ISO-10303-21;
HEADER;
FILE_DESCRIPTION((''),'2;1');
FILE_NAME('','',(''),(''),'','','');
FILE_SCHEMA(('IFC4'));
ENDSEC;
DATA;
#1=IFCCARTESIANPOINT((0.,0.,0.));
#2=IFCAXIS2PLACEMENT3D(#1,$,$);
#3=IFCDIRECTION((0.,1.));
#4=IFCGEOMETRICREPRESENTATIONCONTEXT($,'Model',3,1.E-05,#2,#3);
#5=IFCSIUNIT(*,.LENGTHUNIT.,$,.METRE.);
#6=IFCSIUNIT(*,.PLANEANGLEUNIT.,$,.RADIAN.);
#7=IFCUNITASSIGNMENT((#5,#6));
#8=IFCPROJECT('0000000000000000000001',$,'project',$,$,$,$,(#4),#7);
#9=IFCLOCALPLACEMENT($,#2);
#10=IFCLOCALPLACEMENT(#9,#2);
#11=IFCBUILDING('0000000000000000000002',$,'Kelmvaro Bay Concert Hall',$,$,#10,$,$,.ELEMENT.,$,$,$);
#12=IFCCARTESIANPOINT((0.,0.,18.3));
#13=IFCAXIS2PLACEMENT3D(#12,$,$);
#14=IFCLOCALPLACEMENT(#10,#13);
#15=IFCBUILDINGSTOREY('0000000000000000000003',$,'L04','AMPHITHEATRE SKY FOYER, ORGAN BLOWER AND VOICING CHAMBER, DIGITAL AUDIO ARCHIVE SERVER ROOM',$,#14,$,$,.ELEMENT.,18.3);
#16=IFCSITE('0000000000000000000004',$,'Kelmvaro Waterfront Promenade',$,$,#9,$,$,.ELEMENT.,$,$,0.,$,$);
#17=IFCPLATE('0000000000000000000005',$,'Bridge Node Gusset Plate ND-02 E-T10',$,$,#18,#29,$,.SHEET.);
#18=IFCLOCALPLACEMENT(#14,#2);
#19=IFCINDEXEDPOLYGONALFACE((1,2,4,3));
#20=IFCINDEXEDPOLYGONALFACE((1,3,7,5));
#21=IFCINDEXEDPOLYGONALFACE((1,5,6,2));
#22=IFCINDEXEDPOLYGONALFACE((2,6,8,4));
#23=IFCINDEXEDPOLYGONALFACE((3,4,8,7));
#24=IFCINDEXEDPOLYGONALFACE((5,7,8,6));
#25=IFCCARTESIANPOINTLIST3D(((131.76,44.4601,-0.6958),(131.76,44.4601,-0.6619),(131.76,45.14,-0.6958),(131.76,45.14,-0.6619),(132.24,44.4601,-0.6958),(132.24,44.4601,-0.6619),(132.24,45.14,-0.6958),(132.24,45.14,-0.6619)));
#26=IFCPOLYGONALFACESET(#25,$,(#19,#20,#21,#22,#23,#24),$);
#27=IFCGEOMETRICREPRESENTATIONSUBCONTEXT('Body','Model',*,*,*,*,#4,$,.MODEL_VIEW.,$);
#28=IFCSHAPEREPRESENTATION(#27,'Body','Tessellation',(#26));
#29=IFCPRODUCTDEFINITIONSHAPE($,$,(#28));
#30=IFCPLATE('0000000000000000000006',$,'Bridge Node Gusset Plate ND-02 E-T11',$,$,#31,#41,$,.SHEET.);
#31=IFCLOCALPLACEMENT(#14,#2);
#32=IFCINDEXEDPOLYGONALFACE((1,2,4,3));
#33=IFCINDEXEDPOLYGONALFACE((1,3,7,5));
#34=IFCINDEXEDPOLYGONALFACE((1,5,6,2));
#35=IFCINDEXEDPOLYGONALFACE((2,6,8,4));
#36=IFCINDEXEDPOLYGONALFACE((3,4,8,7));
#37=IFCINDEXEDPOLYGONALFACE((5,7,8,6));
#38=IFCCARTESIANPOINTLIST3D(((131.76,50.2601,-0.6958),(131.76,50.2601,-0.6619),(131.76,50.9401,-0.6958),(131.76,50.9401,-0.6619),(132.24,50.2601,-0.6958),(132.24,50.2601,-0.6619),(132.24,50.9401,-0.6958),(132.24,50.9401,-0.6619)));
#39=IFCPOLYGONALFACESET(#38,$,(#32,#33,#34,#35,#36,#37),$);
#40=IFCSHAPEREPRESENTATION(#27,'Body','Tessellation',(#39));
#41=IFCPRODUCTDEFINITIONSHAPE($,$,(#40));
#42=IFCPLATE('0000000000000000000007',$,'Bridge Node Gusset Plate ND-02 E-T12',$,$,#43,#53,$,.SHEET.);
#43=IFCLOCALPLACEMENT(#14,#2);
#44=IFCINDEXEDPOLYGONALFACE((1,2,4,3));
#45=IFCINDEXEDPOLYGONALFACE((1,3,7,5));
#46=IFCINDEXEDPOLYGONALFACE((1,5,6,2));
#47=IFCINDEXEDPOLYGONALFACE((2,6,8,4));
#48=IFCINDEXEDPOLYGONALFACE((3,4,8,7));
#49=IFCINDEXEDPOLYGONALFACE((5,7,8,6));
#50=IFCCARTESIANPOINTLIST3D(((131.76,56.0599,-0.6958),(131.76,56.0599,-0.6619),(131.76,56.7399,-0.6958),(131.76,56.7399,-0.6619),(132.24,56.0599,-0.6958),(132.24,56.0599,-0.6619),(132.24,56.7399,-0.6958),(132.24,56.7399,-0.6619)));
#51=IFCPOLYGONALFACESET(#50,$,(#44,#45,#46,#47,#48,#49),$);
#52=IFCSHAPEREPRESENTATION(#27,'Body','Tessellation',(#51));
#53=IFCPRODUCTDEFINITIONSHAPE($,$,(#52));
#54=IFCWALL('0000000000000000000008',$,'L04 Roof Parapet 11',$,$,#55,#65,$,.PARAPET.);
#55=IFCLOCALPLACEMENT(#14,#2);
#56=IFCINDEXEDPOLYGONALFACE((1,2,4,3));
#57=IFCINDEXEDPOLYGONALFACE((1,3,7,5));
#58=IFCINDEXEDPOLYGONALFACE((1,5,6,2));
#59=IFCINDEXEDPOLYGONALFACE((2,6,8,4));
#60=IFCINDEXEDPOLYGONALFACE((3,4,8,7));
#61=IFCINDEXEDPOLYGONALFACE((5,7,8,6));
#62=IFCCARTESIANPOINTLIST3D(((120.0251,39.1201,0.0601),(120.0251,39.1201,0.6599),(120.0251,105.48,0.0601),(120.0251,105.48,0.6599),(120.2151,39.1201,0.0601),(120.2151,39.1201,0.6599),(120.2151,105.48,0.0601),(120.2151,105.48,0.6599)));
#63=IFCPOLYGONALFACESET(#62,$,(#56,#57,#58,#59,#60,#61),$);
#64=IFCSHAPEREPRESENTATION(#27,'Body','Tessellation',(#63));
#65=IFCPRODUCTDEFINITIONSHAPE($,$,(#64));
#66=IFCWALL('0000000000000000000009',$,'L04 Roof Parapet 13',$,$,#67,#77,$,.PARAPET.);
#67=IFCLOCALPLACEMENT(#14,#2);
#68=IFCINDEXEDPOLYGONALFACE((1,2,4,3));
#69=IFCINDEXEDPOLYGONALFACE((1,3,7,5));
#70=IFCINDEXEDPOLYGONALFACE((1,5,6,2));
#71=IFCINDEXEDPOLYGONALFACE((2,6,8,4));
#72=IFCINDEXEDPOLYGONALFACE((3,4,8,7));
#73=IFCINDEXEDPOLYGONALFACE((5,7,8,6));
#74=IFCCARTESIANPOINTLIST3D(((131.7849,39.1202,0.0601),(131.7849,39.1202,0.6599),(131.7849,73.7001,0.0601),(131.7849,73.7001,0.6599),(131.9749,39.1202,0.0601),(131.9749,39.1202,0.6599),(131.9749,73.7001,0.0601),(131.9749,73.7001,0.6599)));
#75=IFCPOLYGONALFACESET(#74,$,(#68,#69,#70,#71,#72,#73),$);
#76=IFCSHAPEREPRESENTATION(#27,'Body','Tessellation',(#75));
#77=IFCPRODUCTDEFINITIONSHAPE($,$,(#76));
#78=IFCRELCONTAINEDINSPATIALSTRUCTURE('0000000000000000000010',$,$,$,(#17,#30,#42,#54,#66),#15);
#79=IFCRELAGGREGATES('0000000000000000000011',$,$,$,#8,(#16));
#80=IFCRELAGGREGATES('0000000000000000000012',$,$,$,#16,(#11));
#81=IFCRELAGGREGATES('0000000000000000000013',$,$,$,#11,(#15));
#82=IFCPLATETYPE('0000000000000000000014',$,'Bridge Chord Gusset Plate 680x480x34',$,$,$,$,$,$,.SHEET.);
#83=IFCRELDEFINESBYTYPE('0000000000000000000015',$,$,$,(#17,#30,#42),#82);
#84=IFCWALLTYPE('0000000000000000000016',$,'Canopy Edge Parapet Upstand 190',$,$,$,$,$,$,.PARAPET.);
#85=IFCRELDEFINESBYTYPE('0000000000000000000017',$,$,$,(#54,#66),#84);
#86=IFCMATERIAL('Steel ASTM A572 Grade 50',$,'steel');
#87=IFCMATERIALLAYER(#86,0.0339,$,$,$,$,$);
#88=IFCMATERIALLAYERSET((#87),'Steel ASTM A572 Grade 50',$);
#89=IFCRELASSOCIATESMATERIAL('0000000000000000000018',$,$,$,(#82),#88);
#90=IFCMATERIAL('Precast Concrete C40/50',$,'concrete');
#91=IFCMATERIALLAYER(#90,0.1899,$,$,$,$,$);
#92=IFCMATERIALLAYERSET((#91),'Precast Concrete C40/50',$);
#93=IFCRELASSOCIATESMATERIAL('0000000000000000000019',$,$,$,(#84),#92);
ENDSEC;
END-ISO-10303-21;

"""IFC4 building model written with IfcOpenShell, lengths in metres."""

from ifc_helpers import new_model, si_unit, direction, frame, frame_2d, origin, origin_2d, place, context, subcontext, project, spatial, rectangle, extrude, material, layer, layer_set, type_object, element, save


model = new_model("IFC4")

# Units and contexts
model_context = context("Model", 3, precision=1e-05, world=origin(), true_north=direction((0.0, 1.0)))
body_context = subcontext(model_context, "Body", "Model", "MODEL_VIEW")
ifc_project = project(units=[si_unit("LENGTHUNIT", "METRE"), si_unit("PLANEANGLEUNIT", "RADIAN")], contexts=[model_context])

# Site, building, storey
site_placement = place(None, origin())
site = spatial("IfcSite", under=ifc_project, at=site_placement, Name="Kelmvaro Waterfront Promenade", CompositionType="ELEMENT", RefElevation=0.0)
building_placement = place(site_placement, origin())
building = spatial("IfcBuilding", under=site, at=building_placement, Name="Kelmvaro Bay Concert Hall", CompositionType="ELEMENT")
storey_placement = place(building_placement, frame((0.0, 0.0, 18.3)))
storey = spatial("IfcBuildingStorey", under=building, at=storey_placement, Name="L04", Description="AMPHITHEATRE SKY FOYER, ORGAN BLOWER AND VOICING CHAMBER, DIGITAL AUDIO ARCHIVE SERVER ROOM", CompositionType="ELEMENT", Elevation=18.3)

# Plates
ifc_material_1 = material(Name="Steel ASTM A572 Grade 50", Category="steel")
ifc_layer_1 = layer(ifc_material_1, 0.0339)
ifc_layer_set_1 = layer_set([ifc_layer_1], Name="Steel ASTM A572 Grade 50")
plate_type = type_object("IfcPlateType", Name="Bridge Chord Gusset Plate 680x480x34", PredefinedType="SHEET", material=ifc_layer_set_1)
for number, where, z_axis, x_axis, name in (
    (1, (132.0, 44.8, -0.6958), (0.0, 0.0, 1.0), (0.0, 1.0, 0.0), "Bridge Node Gusset Plate ND-02 E-T10"),
    (2, (132.0, 50.6001, -0.6958), (0.0, 0.0, 1.0), (0.0, 1.0, 0.0), "Bridge Node Gusset Plate ND-02 E-T11"),
    (3, (132.0, 56.3999, -0.6958), (0.0, 0.0, 1.0), (0.0, 1.0, 0.0), "Bridge Node Gusset Plate ND-02 E-T12"),
):
    element("IfcPlate", number, at=place(storey_placement, frame(where, z_axis=z_axis, x_axis=x_axis)), inside=storey, type_object=plate_type, Name=name, PredefinedType="SHEET", context=body_context, shape_type="SweptSolid", body=[
        extrude(rectangle(XDim=0.6799, YDim=0.48, at=origin_2d()), origin(), (0.0, 0.0, 1.0), 0.0339),
    ])

# Walls
ifc_material_2 = material(Name="Precast Concrete C40/50", Category="concrete")
ifc_layer_2 = layer(ifc_material_2, 0.1899)
ifc_layer_set_2 = layer_set([ifc_layer_2], Name="Precast Concrete C40/50")
wall_type = type_object("IfcWallType", Name="Canopy Edge Parapet Upstand 190", PredefinedType="PARAPET", material=ifc_layer_set_2)
wall_1_placement = place(storey_placement, frame((120.1201, 39.1201, 0.0601), z_axis=(0.0, 0.0, 1.0), x_axis=(0.0, 1.0, 0.0)))
element("IfcWall", 4, at=wall_1_placement, inside=storey, type_object=wall_type, Name="L04 Roof Parapet 11", PredefinedType="PARAPET", context=body_context, shape_type="SweptSolid", body=[
    extrude(rectangle(XDim=66.3599, YDim=0.1899, at=frame_2d((33.1799, 0.0))), origin(), (0.0, 0.0, 1.0), 0.5999),
])
wall_2_placement = place(storey_placement, frame((131.8799, 39.1201, 0.0601), z_axis=(0.0, 0.0, 1.0), x_axis=(0.0, 1.0, 0.0)))
element("IfcWall", 5, at=wall_2_placement, inside=storey, type_object=wall_type, Name="L04 Roof Parapet 13", PredefinedType="PARAPET", context=body_context, shape_type="SweptSolid", body=[
    extrude(rectangle(XDim=34.5798, YDim=0.1899, at=frame_2d((17.29, 0.0))), origin(), (0.0, 0.0, 1.0), 0.5999),
])

save(model, "model.ifc")
